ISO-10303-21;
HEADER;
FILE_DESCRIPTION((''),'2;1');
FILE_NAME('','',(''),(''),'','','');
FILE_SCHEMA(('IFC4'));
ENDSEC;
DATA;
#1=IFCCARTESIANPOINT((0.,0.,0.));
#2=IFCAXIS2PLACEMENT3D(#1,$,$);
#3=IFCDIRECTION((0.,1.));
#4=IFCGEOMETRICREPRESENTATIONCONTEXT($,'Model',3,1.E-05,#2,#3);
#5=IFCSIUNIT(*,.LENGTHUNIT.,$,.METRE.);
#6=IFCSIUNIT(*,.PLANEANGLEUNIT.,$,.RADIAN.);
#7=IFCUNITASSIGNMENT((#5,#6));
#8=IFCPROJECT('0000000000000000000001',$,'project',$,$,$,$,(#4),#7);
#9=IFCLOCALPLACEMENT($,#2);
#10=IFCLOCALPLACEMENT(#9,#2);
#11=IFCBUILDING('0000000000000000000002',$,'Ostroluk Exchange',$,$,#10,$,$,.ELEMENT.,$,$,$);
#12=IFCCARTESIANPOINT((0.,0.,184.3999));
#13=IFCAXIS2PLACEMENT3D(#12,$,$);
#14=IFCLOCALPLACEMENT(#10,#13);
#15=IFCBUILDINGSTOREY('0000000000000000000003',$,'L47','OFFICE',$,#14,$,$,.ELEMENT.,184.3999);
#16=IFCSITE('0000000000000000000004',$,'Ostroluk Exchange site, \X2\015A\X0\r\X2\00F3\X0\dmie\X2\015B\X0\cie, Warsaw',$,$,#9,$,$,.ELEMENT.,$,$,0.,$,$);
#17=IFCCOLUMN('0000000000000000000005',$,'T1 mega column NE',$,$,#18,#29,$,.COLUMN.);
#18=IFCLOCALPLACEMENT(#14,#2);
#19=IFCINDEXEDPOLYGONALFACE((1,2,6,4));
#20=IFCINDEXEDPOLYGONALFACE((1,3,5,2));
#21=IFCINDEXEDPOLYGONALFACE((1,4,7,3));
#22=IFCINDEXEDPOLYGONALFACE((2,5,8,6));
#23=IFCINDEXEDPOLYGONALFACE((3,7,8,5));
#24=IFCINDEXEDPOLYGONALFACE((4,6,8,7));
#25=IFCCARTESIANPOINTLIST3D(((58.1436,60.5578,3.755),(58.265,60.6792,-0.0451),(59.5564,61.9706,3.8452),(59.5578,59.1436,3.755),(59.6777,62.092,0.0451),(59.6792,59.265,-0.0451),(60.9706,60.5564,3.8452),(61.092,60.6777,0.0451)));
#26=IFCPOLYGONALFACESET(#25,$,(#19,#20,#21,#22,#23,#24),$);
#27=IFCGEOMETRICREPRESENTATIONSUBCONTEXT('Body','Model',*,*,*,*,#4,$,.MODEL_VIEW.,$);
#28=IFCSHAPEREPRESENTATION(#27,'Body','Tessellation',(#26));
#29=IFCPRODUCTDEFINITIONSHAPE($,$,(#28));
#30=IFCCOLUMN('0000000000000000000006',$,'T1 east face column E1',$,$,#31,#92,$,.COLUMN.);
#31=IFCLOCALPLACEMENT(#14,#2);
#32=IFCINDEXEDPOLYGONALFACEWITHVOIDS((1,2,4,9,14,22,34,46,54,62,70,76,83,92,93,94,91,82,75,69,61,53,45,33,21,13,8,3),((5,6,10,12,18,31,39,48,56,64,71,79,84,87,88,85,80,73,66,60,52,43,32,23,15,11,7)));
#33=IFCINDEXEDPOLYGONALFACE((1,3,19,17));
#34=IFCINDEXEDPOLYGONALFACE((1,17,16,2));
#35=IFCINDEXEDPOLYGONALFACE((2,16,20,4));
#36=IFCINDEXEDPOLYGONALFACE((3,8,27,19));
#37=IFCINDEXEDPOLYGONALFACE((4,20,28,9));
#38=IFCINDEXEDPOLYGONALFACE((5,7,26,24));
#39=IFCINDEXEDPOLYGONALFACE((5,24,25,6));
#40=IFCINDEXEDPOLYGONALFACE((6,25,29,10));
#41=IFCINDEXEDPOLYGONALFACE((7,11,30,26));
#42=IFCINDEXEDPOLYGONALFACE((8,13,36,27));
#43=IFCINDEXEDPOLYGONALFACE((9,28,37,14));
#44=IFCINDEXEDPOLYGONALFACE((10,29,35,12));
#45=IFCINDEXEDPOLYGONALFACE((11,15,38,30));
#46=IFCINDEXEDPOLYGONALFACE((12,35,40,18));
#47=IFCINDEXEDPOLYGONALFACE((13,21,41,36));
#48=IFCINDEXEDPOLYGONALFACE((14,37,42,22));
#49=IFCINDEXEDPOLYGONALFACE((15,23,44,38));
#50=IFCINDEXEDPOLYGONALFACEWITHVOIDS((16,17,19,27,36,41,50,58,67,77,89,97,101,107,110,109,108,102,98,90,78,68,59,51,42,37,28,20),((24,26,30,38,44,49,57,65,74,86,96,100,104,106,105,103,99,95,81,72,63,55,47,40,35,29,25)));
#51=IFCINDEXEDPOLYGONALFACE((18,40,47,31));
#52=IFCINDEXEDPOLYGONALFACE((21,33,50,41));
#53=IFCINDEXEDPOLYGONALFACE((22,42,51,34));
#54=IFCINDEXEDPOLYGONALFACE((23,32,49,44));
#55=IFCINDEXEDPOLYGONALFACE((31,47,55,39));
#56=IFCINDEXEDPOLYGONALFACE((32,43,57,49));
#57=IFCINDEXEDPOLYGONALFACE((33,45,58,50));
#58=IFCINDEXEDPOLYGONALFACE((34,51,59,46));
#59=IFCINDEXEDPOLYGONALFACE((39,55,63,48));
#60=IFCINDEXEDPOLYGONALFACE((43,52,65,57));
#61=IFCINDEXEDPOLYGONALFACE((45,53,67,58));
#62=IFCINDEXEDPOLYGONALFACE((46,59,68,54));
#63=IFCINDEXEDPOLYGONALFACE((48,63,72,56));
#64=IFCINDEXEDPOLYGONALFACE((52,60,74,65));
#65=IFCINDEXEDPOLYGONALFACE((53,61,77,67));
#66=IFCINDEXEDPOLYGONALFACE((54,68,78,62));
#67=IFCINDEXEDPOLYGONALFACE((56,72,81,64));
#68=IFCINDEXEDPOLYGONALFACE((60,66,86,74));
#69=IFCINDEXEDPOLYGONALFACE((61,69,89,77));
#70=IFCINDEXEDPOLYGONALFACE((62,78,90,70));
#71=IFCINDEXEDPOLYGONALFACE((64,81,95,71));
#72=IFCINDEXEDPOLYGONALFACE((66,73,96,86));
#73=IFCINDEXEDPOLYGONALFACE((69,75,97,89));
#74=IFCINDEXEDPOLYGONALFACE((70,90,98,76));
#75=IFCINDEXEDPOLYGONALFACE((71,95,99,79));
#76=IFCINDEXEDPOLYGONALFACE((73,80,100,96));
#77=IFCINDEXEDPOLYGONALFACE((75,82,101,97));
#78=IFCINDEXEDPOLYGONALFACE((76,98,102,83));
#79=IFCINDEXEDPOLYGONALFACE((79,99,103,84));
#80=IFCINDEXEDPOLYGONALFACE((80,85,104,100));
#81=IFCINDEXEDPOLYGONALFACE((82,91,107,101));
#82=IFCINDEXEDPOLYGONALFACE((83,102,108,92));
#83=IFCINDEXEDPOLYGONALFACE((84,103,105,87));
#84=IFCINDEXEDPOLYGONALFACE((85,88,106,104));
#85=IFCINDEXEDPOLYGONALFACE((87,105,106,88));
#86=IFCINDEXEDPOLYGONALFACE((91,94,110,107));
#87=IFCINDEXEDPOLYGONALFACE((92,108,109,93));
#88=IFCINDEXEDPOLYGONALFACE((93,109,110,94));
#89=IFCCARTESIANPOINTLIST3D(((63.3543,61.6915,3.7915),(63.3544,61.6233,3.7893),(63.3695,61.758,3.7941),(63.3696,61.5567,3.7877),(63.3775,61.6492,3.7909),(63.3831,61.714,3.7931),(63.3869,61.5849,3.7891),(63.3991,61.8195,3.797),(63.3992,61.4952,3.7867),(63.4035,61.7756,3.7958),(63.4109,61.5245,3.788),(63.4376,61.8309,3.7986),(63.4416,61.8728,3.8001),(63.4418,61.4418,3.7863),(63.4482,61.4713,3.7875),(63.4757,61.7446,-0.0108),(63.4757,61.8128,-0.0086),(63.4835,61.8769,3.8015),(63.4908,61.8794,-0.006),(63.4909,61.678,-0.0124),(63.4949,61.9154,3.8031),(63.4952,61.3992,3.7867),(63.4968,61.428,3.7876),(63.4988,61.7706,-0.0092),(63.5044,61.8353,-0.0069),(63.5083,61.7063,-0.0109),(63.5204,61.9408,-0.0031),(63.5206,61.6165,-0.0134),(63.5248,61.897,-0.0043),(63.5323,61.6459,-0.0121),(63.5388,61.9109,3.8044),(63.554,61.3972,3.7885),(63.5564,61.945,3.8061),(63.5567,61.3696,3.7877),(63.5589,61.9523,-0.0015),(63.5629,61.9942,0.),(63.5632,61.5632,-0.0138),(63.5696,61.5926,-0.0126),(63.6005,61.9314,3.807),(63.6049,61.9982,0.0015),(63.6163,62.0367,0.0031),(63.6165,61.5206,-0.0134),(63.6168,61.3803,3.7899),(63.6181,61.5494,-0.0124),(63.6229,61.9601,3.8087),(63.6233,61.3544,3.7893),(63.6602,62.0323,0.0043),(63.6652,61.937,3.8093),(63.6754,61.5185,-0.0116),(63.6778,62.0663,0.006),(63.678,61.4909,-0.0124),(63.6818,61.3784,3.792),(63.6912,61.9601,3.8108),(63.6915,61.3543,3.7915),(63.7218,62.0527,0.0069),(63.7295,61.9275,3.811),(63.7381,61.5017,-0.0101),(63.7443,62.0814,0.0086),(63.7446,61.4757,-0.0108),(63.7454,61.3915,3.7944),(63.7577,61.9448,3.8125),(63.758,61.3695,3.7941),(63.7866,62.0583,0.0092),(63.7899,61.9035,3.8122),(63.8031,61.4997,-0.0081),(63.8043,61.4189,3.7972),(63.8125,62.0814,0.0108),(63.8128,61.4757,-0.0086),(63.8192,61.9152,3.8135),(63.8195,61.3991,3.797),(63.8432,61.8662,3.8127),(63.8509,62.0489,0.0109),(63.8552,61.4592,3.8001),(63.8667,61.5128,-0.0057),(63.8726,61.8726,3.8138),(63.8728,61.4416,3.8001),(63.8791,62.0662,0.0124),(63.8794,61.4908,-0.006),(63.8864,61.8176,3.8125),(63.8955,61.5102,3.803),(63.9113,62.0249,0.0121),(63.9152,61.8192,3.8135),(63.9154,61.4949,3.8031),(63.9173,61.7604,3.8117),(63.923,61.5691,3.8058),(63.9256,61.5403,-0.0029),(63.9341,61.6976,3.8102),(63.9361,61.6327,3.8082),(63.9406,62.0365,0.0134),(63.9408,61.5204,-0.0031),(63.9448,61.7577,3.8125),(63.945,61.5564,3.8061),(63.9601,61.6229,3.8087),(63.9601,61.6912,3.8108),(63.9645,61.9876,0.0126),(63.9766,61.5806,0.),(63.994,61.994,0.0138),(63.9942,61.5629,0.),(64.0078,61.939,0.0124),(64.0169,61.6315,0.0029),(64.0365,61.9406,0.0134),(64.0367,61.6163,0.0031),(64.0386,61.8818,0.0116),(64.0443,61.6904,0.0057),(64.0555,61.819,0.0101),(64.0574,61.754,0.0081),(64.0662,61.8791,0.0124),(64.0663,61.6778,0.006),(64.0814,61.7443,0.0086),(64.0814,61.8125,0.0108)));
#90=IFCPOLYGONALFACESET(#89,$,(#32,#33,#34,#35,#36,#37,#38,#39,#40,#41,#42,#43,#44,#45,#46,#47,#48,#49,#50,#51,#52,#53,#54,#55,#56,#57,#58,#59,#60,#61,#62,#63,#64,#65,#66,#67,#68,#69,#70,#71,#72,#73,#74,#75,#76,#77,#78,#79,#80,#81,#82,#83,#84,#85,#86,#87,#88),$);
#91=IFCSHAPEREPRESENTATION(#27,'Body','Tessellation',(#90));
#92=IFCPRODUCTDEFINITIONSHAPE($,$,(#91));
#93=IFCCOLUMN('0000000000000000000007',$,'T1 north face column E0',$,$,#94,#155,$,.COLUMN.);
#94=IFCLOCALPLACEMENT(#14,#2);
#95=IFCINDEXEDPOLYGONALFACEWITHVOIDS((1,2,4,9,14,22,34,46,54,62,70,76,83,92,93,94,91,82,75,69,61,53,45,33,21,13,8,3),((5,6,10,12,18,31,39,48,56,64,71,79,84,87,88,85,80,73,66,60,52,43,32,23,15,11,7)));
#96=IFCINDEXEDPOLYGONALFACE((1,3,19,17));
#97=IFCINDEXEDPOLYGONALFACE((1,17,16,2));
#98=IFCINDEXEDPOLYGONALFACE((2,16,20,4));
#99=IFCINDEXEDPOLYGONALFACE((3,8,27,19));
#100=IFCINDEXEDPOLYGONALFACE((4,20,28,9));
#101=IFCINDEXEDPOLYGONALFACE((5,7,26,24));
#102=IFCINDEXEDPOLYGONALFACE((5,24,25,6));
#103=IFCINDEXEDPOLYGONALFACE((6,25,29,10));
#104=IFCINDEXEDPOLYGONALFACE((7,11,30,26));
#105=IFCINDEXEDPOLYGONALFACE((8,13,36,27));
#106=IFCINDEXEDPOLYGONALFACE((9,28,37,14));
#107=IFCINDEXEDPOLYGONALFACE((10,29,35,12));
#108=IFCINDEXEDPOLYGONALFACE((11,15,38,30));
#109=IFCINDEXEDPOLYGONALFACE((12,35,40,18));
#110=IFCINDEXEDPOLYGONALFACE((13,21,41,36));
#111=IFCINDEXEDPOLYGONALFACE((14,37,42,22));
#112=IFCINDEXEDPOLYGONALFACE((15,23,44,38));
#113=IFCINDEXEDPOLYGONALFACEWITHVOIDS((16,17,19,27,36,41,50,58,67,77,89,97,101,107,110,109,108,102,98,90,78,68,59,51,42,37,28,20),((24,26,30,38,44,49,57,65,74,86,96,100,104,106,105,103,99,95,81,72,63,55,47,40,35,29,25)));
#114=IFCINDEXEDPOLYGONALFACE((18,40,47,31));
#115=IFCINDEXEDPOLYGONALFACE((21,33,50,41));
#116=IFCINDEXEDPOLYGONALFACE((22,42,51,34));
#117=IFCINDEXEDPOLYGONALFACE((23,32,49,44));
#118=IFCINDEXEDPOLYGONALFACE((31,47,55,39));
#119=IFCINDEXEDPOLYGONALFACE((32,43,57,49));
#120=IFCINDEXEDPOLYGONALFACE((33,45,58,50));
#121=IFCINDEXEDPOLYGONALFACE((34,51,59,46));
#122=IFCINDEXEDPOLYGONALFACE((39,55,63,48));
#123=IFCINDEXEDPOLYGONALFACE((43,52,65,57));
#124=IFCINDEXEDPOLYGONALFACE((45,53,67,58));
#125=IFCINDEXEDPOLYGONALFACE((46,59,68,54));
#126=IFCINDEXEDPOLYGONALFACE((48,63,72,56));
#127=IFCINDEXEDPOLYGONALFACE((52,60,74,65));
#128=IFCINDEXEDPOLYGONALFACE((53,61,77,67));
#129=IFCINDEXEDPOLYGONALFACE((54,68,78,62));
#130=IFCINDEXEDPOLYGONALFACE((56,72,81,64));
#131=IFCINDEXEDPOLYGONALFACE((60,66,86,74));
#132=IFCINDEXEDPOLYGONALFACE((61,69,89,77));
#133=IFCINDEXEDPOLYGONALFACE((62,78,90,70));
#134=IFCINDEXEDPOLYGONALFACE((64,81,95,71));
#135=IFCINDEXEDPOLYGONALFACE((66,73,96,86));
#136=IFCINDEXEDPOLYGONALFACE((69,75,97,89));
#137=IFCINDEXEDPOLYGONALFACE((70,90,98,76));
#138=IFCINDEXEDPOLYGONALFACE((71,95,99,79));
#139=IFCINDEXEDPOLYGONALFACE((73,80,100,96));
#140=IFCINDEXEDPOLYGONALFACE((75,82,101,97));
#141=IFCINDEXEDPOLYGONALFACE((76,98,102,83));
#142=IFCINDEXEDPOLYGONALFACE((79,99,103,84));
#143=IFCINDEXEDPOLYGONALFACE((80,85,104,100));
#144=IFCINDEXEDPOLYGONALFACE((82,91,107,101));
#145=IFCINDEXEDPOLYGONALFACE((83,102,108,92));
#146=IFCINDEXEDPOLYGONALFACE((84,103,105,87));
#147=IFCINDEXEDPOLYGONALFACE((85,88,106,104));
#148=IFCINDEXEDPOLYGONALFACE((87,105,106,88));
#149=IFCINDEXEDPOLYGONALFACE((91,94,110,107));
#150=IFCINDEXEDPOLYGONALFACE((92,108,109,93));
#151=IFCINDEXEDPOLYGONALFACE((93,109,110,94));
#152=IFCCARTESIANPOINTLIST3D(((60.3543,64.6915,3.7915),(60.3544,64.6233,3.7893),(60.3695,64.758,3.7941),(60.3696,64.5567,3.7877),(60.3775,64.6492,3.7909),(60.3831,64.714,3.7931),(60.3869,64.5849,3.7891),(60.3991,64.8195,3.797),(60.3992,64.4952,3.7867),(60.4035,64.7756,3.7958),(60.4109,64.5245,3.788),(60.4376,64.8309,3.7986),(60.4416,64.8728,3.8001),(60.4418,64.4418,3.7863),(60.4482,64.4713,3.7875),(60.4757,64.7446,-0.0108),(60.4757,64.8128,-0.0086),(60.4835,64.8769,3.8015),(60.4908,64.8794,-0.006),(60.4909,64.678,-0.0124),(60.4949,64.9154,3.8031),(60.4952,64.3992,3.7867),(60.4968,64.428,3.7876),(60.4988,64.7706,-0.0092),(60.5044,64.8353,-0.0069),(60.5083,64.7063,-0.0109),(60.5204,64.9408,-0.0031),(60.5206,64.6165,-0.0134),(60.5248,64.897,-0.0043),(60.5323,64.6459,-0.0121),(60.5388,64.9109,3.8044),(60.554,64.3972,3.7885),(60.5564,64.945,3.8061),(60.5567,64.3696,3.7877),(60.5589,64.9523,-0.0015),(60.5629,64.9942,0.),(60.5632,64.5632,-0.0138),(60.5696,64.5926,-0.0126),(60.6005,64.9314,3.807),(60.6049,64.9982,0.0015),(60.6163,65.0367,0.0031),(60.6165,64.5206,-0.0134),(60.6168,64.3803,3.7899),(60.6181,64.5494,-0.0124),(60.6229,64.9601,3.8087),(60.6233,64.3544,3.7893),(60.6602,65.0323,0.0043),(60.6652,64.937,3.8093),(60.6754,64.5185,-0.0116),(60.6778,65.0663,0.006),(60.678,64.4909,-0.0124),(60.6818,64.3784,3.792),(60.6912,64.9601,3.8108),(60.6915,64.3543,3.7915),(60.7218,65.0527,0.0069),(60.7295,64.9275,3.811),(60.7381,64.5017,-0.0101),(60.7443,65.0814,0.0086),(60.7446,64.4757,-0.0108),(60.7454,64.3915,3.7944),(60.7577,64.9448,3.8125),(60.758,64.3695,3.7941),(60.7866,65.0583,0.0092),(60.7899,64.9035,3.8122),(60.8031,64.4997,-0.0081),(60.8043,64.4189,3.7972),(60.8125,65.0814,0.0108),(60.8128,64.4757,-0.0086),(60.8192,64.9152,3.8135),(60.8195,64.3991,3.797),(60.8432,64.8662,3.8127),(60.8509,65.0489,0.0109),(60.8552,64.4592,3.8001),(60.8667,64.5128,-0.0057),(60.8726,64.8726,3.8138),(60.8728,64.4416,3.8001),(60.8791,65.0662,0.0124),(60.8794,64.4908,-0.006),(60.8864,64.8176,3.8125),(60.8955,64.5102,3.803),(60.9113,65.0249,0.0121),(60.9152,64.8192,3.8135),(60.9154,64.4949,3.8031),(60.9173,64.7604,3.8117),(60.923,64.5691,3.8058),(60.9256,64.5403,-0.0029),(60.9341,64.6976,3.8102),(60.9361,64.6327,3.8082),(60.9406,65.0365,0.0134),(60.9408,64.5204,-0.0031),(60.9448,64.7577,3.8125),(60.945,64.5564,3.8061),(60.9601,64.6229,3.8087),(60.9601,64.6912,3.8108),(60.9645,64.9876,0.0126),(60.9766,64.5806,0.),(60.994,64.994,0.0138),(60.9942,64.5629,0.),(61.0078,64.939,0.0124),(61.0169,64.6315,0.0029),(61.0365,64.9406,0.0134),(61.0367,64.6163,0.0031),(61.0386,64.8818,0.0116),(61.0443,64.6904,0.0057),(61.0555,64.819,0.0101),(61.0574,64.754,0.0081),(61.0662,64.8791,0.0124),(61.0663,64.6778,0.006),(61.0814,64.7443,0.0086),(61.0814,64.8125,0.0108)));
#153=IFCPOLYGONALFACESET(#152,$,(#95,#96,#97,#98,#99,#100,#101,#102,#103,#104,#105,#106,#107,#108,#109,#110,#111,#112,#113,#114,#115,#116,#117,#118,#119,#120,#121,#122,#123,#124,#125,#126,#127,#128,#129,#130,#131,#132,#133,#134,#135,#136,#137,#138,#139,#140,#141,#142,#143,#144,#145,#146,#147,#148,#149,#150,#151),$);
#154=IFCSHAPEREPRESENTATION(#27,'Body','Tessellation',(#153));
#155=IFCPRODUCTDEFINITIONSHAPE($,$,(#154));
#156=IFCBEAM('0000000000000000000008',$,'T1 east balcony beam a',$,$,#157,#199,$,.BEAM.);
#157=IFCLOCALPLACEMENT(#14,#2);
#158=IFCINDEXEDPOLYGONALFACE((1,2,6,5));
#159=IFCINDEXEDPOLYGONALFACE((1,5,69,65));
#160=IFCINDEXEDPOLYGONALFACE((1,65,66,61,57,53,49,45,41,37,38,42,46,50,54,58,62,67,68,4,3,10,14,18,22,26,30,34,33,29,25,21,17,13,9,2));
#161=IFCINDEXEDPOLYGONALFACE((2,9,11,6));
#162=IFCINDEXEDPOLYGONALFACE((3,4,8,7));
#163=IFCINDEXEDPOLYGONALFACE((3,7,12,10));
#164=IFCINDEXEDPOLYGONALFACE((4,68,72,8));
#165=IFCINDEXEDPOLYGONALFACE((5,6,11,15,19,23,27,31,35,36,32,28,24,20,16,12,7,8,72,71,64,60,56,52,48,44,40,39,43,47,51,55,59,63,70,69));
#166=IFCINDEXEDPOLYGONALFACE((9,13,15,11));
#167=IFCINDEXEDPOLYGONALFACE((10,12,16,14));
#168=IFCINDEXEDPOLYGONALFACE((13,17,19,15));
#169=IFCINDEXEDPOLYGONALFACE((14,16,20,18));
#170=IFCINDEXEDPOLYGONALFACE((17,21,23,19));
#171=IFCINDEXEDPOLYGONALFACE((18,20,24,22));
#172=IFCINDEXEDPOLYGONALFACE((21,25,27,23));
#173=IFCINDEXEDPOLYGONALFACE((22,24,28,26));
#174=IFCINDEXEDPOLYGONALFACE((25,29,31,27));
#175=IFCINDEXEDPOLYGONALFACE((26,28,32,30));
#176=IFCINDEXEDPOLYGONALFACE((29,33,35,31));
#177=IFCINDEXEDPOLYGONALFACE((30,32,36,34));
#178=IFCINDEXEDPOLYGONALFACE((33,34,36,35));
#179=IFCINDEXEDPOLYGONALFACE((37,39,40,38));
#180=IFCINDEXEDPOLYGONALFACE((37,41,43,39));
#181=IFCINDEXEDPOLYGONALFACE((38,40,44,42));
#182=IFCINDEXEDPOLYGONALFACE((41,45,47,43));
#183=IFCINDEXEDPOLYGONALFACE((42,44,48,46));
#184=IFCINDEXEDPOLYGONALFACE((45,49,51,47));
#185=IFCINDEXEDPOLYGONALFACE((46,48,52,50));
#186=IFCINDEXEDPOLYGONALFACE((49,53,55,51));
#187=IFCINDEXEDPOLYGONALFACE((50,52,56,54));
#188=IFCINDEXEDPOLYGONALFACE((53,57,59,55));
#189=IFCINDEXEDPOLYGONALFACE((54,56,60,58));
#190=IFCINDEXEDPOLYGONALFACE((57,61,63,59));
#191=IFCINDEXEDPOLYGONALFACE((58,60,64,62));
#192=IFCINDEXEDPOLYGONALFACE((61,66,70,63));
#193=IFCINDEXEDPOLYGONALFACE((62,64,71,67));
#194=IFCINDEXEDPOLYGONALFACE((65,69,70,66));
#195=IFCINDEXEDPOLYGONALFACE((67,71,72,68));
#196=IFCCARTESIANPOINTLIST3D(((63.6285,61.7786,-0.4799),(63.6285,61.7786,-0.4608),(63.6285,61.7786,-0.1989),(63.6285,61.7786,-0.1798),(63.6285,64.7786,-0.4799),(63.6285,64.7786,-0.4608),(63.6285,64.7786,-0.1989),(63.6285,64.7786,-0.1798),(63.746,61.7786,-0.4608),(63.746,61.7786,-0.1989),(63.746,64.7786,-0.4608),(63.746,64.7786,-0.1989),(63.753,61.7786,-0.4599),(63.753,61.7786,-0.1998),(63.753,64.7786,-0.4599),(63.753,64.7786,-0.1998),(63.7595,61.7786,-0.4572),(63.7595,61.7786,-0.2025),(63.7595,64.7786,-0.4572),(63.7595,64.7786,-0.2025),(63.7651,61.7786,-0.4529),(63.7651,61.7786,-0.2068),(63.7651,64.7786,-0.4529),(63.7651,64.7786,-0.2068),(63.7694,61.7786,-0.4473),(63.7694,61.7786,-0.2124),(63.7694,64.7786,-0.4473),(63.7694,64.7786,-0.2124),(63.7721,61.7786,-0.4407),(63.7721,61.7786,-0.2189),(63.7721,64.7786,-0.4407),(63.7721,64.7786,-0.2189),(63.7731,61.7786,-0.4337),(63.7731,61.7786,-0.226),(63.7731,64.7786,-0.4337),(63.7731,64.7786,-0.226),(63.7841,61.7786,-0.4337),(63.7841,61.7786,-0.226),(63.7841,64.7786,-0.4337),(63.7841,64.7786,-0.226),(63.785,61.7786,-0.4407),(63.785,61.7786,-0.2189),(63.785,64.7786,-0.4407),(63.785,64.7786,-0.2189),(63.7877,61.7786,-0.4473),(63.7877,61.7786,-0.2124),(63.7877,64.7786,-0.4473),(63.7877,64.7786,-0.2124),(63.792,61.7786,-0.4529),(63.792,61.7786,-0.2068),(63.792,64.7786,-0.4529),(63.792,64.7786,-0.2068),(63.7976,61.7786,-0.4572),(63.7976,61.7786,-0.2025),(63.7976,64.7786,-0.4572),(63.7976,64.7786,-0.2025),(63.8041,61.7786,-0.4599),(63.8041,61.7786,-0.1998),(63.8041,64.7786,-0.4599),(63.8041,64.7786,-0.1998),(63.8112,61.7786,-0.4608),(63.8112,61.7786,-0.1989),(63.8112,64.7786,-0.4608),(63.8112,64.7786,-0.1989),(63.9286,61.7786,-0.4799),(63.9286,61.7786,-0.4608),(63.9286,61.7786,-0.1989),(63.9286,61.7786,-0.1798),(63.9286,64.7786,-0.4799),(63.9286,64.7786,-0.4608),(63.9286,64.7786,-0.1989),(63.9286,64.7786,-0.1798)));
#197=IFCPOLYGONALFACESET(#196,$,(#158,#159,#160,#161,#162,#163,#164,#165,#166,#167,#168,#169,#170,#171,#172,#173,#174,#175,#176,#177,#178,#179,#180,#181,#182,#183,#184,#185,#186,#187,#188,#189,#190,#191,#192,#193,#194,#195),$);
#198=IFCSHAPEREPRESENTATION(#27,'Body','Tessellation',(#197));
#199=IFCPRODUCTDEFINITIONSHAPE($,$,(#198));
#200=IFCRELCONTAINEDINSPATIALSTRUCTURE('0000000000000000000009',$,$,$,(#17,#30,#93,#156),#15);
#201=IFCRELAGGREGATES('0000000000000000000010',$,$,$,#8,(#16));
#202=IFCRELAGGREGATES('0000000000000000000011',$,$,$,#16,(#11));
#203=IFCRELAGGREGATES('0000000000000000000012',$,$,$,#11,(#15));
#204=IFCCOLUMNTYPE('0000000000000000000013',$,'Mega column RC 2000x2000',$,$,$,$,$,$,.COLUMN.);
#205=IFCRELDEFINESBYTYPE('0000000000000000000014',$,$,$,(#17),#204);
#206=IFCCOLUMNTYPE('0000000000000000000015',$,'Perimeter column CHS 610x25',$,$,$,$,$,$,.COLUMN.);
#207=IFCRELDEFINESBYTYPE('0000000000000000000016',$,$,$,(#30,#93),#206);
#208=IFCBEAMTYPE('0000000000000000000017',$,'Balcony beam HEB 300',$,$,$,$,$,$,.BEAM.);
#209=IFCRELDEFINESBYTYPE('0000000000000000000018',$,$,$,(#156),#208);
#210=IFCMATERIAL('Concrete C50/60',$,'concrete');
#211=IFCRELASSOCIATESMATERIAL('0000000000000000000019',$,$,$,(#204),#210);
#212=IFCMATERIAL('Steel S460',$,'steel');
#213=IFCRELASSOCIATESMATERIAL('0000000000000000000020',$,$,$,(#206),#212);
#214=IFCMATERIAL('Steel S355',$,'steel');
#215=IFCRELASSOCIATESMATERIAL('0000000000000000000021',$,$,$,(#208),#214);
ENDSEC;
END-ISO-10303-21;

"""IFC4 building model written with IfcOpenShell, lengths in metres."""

from ifc_helpers import new_model, si_unit, direction, frame, origin, origin_2d, place, context, subcontext, project, spatial, rectangle, hollow_circle, i_section, extrude, material, material_profile, profile_set, type_object, element, save


model = new_model("IFC4")

# Units and contexts
model_context = context("Model", 3, precision=1e-05, world=origin(), true_north=direction((0.0, 1.0)))
body_context = subcontext(model_context, "Body", "Model", "MODEL_VIEW")
ifc_project = project(units=[si_unit("LENGTHUNIT", "METRE"), si_unit("PLANEANGLEUNIT", "RADIAN")], contexts=[model_context])

# Site, building, storey
site_placement = place(None, origin())
site = spatial("IfcSite", under=ifc_project, at=site_placement, Name="Ostroluk Exchange site, Śródmieście, Warsaw", CompositionType="ELEMENT", RefElevation=0.0)
building_placement = place(site_placement, origin())
building = spatial("IfcBuilding", under=site, at=building_placement, Name="Ostroluk Exchange", CompositionType="ELEMENT")
storey_placement = place(building_placement, frame((0.0, 0.0, 184.3999)))
storey = spatial("IfcBuildingStorey", under=building, at=storey_placement, Name="L47", Description="OFFICE", CompositionType="ELEMENT", Elevation=184.3999)

# Columns
ifc_material_1 = material(Name="Concrete C50/60", Category="concrete")
ifc_material_profile_1 = material_profile(ifc_material_1, rectangle(XDim=2.0, YDim=2.0, at=origin_2d()), Name="RC 2000x2000")
ifc_profile_set_1 = profile_set([ifc_material_profile_1], Name="Concrete C50/60")
column_type_1 = type_object("IfcColumnType", Name="Mega column RC 2000x2000", PredefinedType="COLUMN", material=ifc_profile_set_1)
column_placement = place(storey_placement, frame((59.6785, 60.6785, 0.0), z_axis=(-0.031898, -0.031898, 0.998982), x_axis=(0.707107, -0.707107, 0.0)))
element("IfcColumn", 1, at=column_placement, inside=storey, type_object=column_type_1, Name="T1 mega column NE", PredefinedType="COLUMN", context=body_context, shape_type="SweptSolid", body=[
    extrude(rectangle(XDim=2.0, YDim=2.0, at=origin_2d()), origin(), (0.0, 0.0, 1.0), 3.804),
])
ifc_material_2 = material(Name="Steel S460", Category="steel")
ifc_material_profile_2 = material_profile(ifc_material_2, hollow_circle(Radius=0.3049, WallThickness=0.0249, at=origin_2d()), Name="CHS 610x25")
ifc_profile_set_2 = profile_set([ifc_material_profile_2], Name="Steel S460")
column_type_2 = type_object("IfcColumnType", Name="Perimeter column CHS 610x25", PredefinedType="COLUMN", material=ifc_profile_set_2)
for number, where, z_axis, x_axis, name in (
    (2, (63.7786, 61.7786, 0.0), (-0.031898, -0.031898, 0.998982), (0.707107, -0.707107, 0.0), "T1 east face column E1"),
    (3, (60.7786, 64.7786, 0.0), (-0.031898, -0.031898, 0.998982), (0.707107, -0.707107, 0.0), "T1 north face column E0"),
):
    element("IfcColumn", number, at=place(storey_placement, frame(where, z_axis=z_axis, x_axis=x_axis)), inside=storey, type_object=column_type_2, Name=name, PredefinedType="COLUMN", context=body_context, shape_type="SweptSolid", body=[
        extrude(hollow_circle(Radius=0.3049, WallThickness=0.0249, at=origin_2d()), origin(), (0.0, 0.0, 1.0), 3.804),
    ])

# Beam
ifc_material_3 = material(Name="Steel S355", Category="steel")
ifc_material_profile_3 = material_profile(ifc_material_3, i_section(OverallWidth=0.3, OverallDepth=0.3, WebThickness=0.011, FlangeThickness=0.019, FilletRadius=0.0271, at=origin_2d()), Name="HEB 300")
ifc_profile_set_3 = profile_set([ifc_material_profile_3], Name="Steel S355")
beam_type_1 = type_object("IfcBeamType", Name="Balcony beam HEB 300", PredefinedType="BEAM", material=ifc_profile_set_3)
for number, where, z_axis, x_axis, name in (
    (4, (63.7786, 61.7786, -0.3298), (0.0, 1.0, 0.0), (-1.0, 0.0, 0.0), "T1 east balcony beam a"),
):
    element("IfcBeam", number, at=place(storey_placement, frame(where, z_axis=z_axis, x_axis=x_axis)), inside=storey, type_object=beam_type_1, Name=name, PredefinedType="BEAM", context=body_context, shape_type="SweptSolid", body=[
        extrude(i_section(OverallWidth=0.3, OverallDepth=0.3, WebThickness=0.011, FlangeThickness=0.019, FilletRadius=0.0271, at=origin_2d()), origin(), (0.0, 0.0, 1.0), 3.0),
    ])

save(model, "model.ifc")
